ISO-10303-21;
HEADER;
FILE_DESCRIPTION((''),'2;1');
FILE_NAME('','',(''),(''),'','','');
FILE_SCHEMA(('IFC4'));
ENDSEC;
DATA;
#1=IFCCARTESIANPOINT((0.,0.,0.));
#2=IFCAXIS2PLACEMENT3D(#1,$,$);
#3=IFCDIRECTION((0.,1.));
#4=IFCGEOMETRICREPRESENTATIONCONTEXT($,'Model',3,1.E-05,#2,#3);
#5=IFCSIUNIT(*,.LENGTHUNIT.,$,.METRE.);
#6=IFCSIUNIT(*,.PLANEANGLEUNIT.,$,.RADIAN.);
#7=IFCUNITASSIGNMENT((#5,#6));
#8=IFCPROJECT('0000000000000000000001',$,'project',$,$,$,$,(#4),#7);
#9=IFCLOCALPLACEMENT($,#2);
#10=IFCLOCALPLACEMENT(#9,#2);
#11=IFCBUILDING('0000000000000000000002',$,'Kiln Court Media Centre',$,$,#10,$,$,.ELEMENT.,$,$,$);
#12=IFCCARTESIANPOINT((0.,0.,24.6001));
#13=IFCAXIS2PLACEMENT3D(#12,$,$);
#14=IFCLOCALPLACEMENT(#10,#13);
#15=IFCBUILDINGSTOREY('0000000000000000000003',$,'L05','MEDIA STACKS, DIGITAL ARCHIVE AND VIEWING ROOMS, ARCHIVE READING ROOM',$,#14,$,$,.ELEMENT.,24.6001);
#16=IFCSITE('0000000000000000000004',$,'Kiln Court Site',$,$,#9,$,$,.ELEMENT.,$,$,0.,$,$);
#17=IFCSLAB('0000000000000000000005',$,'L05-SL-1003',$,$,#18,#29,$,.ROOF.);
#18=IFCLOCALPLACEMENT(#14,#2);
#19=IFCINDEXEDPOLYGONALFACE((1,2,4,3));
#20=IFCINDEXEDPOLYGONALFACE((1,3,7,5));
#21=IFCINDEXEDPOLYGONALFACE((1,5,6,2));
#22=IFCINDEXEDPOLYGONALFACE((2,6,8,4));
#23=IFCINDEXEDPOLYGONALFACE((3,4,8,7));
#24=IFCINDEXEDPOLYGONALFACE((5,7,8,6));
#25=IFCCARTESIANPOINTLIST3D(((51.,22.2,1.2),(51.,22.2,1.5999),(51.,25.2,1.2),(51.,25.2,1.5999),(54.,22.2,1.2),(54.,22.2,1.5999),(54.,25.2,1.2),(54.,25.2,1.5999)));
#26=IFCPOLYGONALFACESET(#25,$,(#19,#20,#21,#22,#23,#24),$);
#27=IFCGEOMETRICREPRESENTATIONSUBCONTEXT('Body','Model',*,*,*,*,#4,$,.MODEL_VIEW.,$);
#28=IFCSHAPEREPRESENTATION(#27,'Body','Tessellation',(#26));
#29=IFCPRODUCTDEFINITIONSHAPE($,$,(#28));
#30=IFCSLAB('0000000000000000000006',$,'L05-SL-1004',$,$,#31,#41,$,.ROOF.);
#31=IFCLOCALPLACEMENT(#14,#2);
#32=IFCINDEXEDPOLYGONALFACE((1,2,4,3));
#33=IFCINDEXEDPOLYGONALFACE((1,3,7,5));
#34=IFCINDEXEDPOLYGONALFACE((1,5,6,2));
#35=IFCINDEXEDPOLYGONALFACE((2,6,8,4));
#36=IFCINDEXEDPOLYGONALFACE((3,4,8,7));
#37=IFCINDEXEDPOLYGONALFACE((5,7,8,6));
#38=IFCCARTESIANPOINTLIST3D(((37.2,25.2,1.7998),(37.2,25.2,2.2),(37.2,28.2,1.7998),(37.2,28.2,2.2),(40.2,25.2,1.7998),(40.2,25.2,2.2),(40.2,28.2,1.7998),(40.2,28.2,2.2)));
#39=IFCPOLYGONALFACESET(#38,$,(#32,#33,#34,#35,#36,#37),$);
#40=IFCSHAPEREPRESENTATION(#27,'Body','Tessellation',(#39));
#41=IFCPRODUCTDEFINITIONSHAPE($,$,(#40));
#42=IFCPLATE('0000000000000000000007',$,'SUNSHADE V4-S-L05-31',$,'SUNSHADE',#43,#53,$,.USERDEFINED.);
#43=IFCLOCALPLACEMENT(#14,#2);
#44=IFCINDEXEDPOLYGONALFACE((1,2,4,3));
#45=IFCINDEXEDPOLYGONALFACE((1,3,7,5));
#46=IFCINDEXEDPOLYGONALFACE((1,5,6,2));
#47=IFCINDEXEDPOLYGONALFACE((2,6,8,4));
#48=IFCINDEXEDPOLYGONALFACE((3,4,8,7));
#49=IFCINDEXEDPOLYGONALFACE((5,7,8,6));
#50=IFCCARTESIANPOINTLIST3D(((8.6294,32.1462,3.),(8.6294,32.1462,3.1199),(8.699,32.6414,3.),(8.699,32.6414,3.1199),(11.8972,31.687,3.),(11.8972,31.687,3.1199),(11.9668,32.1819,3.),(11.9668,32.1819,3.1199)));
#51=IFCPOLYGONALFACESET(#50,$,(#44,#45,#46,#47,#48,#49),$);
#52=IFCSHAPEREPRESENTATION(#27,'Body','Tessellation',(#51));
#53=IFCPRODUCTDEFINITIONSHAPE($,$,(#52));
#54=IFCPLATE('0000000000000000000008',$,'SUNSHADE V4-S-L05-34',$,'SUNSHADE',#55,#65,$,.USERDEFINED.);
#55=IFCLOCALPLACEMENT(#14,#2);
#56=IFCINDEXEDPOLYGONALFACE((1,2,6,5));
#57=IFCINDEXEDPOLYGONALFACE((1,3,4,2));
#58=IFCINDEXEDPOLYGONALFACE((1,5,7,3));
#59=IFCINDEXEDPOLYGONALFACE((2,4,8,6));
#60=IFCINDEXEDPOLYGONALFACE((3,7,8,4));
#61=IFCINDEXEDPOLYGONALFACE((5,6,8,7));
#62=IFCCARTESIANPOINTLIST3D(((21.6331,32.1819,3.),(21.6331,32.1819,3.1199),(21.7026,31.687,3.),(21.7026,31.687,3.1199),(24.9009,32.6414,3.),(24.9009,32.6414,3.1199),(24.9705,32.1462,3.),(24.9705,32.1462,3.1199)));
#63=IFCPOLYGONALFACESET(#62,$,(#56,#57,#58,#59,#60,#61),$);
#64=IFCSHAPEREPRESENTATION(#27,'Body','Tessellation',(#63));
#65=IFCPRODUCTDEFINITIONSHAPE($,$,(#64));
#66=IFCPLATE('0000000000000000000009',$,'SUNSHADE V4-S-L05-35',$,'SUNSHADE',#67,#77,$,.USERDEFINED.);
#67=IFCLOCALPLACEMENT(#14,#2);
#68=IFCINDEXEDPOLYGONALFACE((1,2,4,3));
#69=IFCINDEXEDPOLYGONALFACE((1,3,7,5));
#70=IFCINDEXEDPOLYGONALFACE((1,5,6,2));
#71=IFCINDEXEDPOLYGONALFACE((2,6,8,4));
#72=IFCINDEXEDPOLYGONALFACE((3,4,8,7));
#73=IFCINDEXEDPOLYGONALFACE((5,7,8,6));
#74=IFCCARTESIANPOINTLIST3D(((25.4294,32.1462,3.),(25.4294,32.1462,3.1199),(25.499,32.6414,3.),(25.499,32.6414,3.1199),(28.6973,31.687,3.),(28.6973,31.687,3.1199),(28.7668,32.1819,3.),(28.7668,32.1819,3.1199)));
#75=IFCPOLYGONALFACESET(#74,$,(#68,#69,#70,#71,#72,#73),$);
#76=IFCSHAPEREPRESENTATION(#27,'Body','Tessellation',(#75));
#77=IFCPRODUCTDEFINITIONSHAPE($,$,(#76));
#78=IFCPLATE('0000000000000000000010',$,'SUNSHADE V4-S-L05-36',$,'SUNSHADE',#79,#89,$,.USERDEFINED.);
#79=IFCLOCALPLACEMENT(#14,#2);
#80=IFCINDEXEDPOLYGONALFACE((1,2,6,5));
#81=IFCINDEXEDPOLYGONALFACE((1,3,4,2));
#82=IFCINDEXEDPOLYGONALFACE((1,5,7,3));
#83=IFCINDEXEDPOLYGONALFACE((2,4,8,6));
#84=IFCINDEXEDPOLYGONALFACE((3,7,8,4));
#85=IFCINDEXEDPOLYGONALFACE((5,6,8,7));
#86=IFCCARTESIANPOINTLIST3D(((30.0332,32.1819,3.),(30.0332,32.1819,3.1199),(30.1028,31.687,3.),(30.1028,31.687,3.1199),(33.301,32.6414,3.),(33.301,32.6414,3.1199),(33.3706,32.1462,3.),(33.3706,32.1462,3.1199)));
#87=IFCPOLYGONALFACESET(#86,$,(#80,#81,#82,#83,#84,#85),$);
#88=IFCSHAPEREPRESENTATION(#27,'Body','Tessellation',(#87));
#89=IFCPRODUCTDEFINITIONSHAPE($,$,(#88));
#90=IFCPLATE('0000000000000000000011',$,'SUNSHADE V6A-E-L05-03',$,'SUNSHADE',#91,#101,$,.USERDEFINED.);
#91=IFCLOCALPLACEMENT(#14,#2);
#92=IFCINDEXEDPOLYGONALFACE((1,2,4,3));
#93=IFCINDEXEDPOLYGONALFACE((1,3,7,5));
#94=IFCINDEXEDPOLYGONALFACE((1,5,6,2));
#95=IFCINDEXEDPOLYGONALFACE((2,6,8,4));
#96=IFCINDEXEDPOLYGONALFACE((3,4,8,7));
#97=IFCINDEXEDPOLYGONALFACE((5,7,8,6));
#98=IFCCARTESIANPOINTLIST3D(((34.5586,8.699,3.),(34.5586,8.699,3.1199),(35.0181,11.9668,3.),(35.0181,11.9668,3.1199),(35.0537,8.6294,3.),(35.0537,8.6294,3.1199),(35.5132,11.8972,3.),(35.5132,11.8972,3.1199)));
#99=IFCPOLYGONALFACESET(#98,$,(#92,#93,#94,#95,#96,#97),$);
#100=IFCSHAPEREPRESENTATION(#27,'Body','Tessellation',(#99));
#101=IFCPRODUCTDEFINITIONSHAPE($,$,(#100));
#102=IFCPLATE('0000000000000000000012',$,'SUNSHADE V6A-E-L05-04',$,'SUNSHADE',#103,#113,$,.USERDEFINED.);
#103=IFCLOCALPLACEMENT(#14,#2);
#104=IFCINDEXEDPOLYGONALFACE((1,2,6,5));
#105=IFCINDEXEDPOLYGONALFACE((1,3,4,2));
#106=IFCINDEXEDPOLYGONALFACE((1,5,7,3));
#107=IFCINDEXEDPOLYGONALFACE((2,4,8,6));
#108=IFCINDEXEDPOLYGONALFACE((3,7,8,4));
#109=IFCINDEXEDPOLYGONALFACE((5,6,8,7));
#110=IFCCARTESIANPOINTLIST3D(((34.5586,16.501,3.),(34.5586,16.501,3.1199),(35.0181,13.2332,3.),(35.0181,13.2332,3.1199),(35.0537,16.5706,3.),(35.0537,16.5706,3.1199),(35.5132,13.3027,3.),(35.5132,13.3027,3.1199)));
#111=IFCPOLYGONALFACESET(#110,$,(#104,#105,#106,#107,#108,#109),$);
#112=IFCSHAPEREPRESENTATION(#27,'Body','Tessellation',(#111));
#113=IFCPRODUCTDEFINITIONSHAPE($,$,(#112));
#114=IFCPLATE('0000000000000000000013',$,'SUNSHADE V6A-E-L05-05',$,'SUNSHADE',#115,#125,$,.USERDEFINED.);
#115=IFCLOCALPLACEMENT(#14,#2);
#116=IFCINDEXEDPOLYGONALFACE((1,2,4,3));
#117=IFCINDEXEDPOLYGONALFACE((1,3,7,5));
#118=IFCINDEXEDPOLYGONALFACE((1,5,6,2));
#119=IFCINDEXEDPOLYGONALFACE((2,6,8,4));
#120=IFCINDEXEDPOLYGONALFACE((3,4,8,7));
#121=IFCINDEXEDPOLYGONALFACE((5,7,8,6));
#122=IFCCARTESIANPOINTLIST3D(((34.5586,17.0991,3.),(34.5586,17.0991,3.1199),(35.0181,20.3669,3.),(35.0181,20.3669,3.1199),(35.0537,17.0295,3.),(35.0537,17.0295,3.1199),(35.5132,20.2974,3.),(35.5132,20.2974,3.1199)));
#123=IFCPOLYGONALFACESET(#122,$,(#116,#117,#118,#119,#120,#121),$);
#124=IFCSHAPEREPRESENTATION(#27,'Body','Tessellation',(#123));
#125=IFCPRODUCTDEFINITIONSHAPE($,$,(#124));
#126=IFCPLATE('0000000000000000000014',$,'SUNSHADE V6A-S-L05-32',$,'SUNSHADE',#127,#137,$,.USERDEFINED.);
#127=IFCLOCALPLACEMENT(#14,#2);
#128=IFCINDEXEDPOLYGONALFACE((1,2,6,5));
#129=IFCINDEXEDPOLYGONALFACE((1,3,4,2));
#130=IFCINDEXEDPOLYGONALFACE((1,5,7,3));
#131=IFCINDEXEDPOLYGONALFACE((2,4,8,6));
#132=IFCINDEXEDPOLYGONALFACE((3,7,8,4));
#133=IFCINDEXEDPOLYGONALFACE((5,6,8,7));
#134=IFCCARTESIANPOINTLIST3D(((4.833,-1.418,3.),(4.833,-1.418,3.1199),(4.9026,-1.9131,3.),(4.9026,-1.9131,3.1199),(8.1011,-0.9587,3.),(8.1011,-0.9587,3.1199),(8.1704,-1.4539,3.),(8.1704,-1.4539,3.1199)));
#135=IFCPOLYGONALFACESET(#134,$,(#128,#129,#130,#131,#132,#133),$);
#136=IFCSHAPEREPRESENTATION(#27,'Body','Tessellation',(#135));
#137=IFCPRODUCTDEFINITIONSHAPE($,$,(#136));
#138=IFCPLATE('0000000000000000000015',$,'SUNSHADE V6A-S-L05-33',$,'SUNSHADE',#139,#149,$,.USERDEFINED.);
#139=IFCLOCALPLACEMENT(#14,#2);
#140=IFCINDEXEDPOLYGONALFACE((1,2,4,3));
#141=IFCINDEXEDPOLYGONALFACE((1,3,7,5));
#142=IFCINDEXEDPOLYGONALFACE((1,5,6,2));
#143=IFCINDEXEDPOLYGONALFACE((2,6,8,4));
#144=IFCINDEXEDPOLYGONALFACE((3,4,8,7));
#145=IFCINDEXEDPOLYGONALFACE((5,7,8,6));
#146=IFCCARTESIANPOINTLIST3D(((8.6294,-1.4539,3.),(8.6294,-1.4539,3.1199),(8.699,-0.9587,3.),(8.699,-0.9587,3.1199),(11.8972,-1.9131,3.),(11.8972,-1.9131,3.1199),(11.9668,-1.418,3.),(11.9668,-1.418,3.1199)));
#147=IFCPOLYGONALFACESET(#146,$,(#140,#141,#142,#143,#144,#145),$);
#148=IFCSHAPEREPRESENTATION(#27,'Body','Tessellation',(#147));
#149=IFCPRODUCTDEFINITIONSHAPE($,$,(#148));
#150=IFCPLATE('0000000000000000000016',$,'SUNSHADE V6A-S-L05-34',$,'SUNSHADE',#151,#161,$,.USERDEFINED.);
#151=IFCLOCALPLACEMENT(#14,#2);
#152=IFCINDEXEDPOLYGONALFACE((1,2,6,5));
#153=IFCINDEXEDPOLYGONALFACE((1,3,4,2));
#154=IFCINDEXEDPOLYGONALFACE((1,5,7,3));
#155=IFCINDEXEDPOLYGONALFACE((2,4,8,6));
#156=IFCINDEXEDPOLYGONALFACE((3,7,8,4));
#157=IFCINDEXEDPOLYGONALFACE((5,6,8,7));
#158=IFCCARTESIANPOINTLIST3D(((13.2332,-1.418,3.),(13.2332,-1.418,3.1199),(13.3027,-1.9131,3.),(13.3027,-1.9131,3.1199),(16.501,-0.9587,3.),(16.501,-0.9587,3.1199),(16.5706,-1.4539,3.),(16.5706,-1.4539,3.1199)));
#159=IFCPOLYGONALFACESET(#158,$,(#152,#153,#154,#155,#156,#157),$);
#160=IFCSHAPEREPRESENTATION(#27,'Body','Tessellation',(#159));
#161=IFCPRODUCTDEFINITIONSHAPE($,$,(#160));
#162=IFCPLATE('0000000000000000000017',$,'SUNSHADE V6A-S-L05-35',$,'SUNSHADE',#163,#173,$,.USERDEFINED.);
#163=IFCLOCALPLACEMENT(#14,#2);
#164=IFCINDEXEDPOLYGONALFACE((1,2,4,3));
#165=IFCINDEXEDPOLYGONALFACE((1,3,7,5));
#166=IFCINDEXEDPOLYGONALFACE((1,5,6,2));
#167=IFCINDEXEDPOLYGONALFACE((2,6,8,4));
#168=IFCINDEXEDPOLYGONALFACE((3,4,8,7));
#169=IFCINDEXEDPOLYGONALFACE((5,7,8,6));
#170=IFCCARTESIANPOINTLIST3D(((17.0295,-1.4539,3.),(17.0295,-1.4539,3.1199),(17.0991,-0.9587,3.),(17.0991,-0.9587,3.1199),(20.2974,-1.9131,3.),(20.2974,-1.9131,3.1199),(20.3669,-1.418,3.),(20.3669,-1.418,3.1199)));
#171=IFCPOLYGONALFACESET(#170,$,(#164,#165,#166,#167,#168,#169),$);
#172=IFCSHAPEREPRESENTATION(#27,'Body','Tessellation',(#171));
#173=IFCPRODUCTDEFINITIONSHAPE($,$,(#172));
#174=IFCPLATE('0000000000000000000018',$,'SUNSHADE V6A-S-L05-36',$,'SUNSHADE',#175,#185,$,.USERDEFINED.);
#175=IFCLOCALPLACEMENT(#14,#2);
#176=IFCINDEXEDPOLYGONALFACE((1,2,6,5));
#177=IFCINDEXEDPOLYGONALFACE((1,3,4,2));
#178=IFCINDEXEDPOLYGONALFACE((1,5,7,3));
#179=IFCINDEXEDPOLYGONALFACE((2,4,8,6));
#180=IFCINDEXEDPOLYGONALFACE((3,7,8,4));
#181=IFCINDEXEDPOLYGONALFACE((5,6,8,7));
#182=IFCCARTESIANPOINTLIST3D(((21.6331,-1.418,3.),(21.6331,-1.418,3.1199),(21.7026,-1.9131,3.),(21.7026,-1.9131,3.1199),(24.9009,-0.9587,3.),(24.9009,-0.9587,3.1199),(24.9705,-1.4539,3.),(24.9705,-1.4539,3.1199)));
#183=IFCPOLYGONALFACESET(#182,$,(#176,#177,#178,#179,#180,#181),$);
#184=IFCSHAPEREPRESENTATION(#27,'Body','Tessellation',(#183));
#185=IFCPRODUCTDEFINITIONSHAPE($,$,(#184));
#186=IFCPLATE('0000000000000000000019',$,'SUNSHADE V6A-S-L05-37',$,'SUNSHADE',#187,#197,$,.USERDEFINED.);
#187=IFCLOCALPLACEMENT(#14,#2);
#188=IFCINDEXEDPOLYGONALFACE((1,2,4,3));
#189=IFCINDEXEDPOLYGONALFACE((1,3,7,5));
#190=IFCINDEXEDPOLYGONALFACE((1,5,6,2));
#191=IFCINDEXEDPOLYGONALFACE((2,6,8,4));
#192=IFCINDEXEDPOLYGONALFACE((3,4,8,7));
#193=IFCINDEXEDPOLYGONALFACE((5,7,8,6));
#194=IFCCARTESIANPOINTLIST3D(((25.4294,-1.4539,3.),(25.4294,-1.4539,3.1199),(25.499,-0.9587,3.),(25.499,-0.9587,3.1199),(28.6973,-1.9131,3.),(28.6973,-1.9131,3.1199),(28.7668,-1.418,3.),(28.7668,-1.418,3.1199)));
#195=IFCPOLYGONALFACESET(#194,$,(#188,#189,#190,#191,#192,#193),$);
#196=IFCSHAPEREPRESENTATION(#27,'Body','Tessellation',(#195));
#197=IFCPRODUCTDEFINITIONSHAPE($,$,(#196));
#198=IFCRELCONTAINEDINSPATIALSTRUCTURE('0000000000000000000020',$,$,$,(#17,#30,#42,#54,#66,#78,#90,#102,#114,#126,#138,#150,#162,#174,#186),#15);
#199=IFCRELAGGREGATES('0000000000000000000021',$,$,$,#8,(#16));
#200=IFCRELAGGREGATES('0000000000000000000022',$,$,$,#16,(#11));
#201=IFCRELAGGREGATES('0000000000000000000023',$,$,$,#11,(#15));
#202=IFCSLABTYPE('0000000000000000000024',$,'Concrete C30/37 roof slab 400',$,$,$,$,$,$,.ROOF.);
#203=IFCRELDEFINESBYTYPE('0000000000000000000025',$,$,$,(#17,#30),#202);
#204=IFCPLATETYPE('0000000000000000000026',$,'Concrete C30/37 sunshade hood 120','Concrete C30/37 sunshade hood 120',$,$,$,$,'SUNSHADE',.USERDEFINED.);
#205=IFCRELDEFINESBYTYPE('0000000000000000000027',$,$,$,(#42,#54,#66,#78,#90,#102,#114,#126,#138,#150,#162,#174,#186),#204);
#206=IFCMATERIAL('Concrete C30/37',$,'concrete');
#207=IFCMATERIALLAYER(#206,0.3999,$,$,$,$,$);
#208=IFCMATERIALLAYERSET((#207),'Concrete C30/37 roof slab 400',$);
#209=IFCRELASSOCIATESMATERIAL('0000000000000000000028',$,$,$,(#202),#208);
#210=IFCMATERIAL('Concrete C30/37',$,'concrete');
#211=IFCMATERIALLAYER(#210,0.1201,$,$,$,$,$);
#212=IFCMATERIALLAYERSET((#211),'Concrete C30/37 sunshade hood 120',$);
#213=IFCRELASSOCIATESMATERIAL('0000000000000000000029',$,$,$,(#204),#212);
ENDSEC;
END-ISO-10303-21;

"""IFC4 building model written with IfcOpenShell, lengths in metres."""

from ifc_helpers import new_model, si_unit, direction, frame, origin, place, context, subcontext, project, spatial, polyline, outline, extrude, material, layer, layer_set, type_object, element, save


model = new_model("IFC4")

# Units and contexts
model_context = context("Model", 3, precision=1e-05, world=origin(), true_north=direction((0.0, 1.0)))
body_context = subcontext(model_context, "Body", "Model", "MODEL_VIEW")
ifc_project = project(units=[si_unit("LENGTHUNIT", "METRE"), si_unit("PLANEANGLEUNIT", "RADIAN")], contexts=[model_context])

# Site, building, storey
site_placement = place(None, origin())
site = spatial("IfcSite", under=ifc_project, at=site_placement, Name="Kiln Court Site", CompositionType="ELEMENT", RefElevation=0.0)
building_placement = place(site_placement, origin())
building = spatial("IfcBuilding", under=site, at=building_placement, Name="Kiln Court Media Centre", CompositionType="ELEMENT")
storey_placement = place(building_placement, frame((0.0, 0.0, 24.6001)))
storey = spatial("IfcBuildingStorey", under=building, at=storey_placement, Name="L05", Description="MEDIA STACKS, DIGITAL ARCHIVE AND VIEWING ROOMS, ARCHIVE READING ROOM", CompositionType="ELEMENT", Elevation=24.6001)

# Slabs
ifc_material_1 = material(Name="Concrete C30/37", Category="concrete")
ifc_layer_1 = layer(ifc_material_1, 0.3999)
ifc_layer_set_1 = layer_set([ifc_layer_1], Name="Concrete C30/37 roof slab 400")
slab_type_1 = type_object("IfcSlabType", Name="Concrete C30/37 roof slab 400", PredefinedType="ROOF", material=ifc_layer_set_1)
slab_1_placement = place(storey_placement, frame((0.0, 0.0, 1.2)))
element("IfcSlab", 1, at=slab_1_placement, inside=storey, type_object=slab_type_1, Name="L05-SL-1003", PredefinedType="ROOF", context=body_context, shape_type="SweptSolid", body=[
    extrude(outline(polyline([(51.0, 22.2), (51.0, 25.2), (54.0, 25.2), (54.0, 22.2), (51.0, 22.2)])), origin(), (0.0, 0.0, 1.0), 0.3999),
])
slab_2_placement = place(storey_placement, frame((0.0, 0.0, 1.7998)))
element("IfcSlab", 2, at=slab_2_placement, inside=storey, type_object=slab_type_1, Name="L05-SL-1004", PredefinedType="ROOF", context=body_context, shape_type="SweptSolid", body=[
    extrude(outline(polyline([(37.2, 25.2), (37.2, 28.2), (40.2, 28.2), (40.2, 25.2), (37.2, 25.2)])), origin(), (0.0, 0.0, 1.0), 0.4001),
])

# Plates
ifc_material_2 = material(Name="Concrete C30/37", Category="concrete")
ifc_layer_2 = layer(ifc_material_2, 0.1201)
ifc_layer_set_2 = layer_set([ifc_layer_2], Name="Concrete C30/37 sunshade hood 120")
plate_type = type_object("IfcPlateType", Name="Concrete C30/37 sunshade hood 120", Description="Concrete C30/37 sunshade hood 120", ElementType="SUNSHADE", PredefinedType="USERDEFINED", material=ifc_layer_set_2)
plate_1_placement = place(storey_placement, frame((0.0, 0.0, 3.0)))
element("IfcPlate", 3, at=plate_1_placement, inside=storey, type_object=plate_type, Name="SUNSHADE V4-S-L05-31", ObjectType="SUNSHADE", PredefinedType="USERDEFINED", context=body_context, shape_type="SweptSolid", body=[
    extrude(outline(polyline([(8.699, 32.6414), (11.9668, 32.1819), (11.8972, 31.687), (8.6294, 32.1462), (8.699, 32.6414)])), origin(), (0.0, 0.0, 1.0), 0.1199),
])
plate_2_placement = place(storey_placement, frame((0.0, 0.0, 3.0)))
element("IfcPlate", 4, at=plate_2_placement, inside=storey, type_object=plate_type, Name="SUNSHADE V4-S-L05-34", ObjectType="SUNSHADE", PredefinedType="USERDEFINED", context=body_context, shape_type="SweptSolid", body=[
    extrude(outline(polyline([(21.6331, 32.1819), (24.9009, 32.6414), (24.9705, 32.1462), (21.7026, 31.687), (21.6331, 32.1819)])), origin(), (0.0, 0.0, 1.0), 0.1199),
])
plate_3_placement = place(storey_placement, frame((0.0, 0.0, 3.0)))
element("IfcPlate", 5, at=plate_3_placement, inside=storey, type_object=plate_type, Name="SUNSHADE V4-S-L05-35", ObjectType="SUNSHADE", PredefinedType="USERDEFINED", context=body_context, shape_type="SweptSolid", body=[
    extrude(outline(polyline([(25.499, 32.6414), (28.7668, 32.1819), (28.6973, 31.687), (25.4294, 32.1462), (25.499, 32.6414)])), origin(), (0.0, 0.0, 1.0), 0.1199),
])
plate_4_placement = place(storey_placement, frame((0.0, 0.0, 3.0)))
element("IfcPlate", 6, at=plate_4_placement, inside=storey, type_object=plate_type, Name="SUNSHADE V4-S-L05-36", ObjectType="SUNSHADE", PredefinedType="USERDEFINED", context=body_context, shape_type="SweptSolid", body=[
    extrude(outline(polyline([(30.0332, 32.1819), (33.301, 32.6414), (33.3706, 32.1462), (30.1028, 31.687), (30.0332, 32.1819)])), origin(), (0.0, 0.0, 1.0), 0.1199),
])
plate_5_placement = place(storey_placement, frame((0.0, 0.0, 3.0)))
element("IfcPlate", 7, at=plate_5_placement, inside=storey, type_object=plate_type, Name="SUNSHADE V6A-E-L05-03", ObjectType="SUNSHADE", PredefinedType="USERDEFINED", context=body_context, shape_type="SweptSolid", body=[
    extrude(outline(polyline([(34.5586, 8.699), (35.0181, 11.9668), (35.5132, 11.8972), (35.0537, 8.6294), (34.5586, 8.699)])), origin(), (0.0, 0.0, 1.0), 0.1199),
])
plate_6_placement = place(storey_placement, frame((0.0, 0.0, 3.0)))
element("IfcPlate", 8, at=plate_6_placement, inside=storey, type_object=plate_type, Name="SUNSHADE V6A-E-L05-04", ObjectType="SUNSHADE", PredefinedType="USERDEFINED", context=body_context, shape_type="SweptSolid", body=[
    extrude(outline(polyline([(35.0181, 13.2332), (34.5586, 16.501), (35.0537, 16.5706), (35.5132, 13.3027), (35.0181, 13.2332)])), origin(), (0.0, 0.0, 1.0), 0.1199),
])
plate_7_placement = place(storey_placement, frame((0.0, 0.0, 3.0)))
element("IfcPlate", 9, at=plate_7_placement, inside=storey, type_object=plate_type, Name="SUNSHADE V6A-E-L05-05", ObjectType="SUNSHADE", PredefinedType="USERDEFINED", context=body_context, shape_type="SweptSolid", body=[
    extrude(outline(polyline([(34.5586, 17.0991), (35.0181, 20.3669), (35.5132, 20.2974), (35.0537, 17.0295), (34.5586, 17.0991)])), origin(), (0.0, 0.0, 1.0), 0.1199),
])
plate_8_placement = place(storey_placement, frame((0.0, 0.0, 3.0)))
element("IfcPlate", 10, at=plate_8_placement, inside=storey, type_object=plate_type, Name="SUNSHADE V6A-S-L05-32", ObjectType="SUNSHADE", PredefinedType="USERDEFINED", context=body_context, shape_type="SweptSolid", body=[
    extrude(outline(polyline([(4.833, -1.418), (8.1011, -0.9587), (8.1704, -1.4539), (4.9026, -1.9131), (4.833, -1.418)])), origin(), (0.0, 0.0, 1.0), 0.1199),
])
plate_9_placement = place(storey_placement, frame((0.0, 0.0, 3.0)))
element("IfcPlate", 11, at=plate_9_placement, inside=storey, type_object=plate_type, Name="SUNSHADE V6A-S-L05-33", ObjectType="SUNSHADE", PredefinedType="USERDEFINED", context=body_context, shape_type="SweptSolid", body=[
    extrude(outline(polyline([(8.699, -0.9587), (11.9668, -1.418), (11.8972, -1.9131), (8.6294, -1.4539), (8.699, -0.9587)])), origin(), (0.0, 0.0, 1.0), 0.1199),
])
plate_10_placement = place(storey_placement, frame((0.0, 0.0, 3.0)))
element("IfcPlate", 12, at=plate_10_placement, inside=storey, type_object=plate_type, Name="SUNSHADE V6A-S-L05-34", ObjectType="SUNSHADE", PredefinedType="USERDEFINED", context=body_context, shape_type="SweptSolid", body=[
    extrude(outline(polyline([(13.2332, -1.418), (16.501, -0.9587), (16.5706, -1.4539), (13.3027, -1.9131), (13.2332, -1.418)])), origin(), (0.0, 0.0, 1.0), 0.1199),
])
plate_11_placement = place(storey_placement, frame((0.0, 0.0, 3.0)))
element("IfcPlate", 13, at=plate_11_placement, inside=storey, type_object=plate_type, Name="SUNSHADE V6A-S-L05-35", ObjectType="SUNSHADE", PredefinedType="USERDEFINED", context=body_context, shape_type="SweptSolid", body=[
    extrude(outline(polyline([(17.0991, -0.9587), (20.3669, -1.418), (20.2974, -1.9131), (17.0295, -1.4539), (17.0991, -0.9587)])), origin(), (0.0, 0.0, 1.0), 0.1199),
])
plate_12_placement = place(storey_placement, frame((0.0, 0.0, 3.0)))
element("IfcPlate", 14, at=plate_12_placement, inside=storey, type_object=plate_type, Name="SUNSHADE V6A-S-L05-36", ObjectType="SUNSHADE", PredefinedType="USERDEFINED", context=body_context, shape_type="SweptSolid", body=[
    extrude(outline(polyline([(21.6331, -1.418), (24.9009, -0.9587), (24.9705, -1.4539), (21.7026, -1.9131), (21.6331, -1.418)])), origin(), (0.0, 0.0, 1.0), 0.1199),
])
plate_13_placement = place(storey_placement, frame((0.0, 0.0, 3.0)))
element("IfcPlate", 15, at=plate_13_placement, inside=storey, type_object=plate_type, Name="SUNSHADE V6A-S-L05-37", ObjectType="SUNSHADE", PredefinedType="USERDEFINED", context=body_context, shape_type="SweptSolid", body=[
    extrude(outline(polyline([(25.499, -0.9587), (28.7668, -1.418), (28.6973, -1.9131), (25.4294, -1.4539), (25.499, -0.9587)])), origin(), (0.0, 0.0, 1.0), 0.1199),
])

save(model, "model.ifc")
